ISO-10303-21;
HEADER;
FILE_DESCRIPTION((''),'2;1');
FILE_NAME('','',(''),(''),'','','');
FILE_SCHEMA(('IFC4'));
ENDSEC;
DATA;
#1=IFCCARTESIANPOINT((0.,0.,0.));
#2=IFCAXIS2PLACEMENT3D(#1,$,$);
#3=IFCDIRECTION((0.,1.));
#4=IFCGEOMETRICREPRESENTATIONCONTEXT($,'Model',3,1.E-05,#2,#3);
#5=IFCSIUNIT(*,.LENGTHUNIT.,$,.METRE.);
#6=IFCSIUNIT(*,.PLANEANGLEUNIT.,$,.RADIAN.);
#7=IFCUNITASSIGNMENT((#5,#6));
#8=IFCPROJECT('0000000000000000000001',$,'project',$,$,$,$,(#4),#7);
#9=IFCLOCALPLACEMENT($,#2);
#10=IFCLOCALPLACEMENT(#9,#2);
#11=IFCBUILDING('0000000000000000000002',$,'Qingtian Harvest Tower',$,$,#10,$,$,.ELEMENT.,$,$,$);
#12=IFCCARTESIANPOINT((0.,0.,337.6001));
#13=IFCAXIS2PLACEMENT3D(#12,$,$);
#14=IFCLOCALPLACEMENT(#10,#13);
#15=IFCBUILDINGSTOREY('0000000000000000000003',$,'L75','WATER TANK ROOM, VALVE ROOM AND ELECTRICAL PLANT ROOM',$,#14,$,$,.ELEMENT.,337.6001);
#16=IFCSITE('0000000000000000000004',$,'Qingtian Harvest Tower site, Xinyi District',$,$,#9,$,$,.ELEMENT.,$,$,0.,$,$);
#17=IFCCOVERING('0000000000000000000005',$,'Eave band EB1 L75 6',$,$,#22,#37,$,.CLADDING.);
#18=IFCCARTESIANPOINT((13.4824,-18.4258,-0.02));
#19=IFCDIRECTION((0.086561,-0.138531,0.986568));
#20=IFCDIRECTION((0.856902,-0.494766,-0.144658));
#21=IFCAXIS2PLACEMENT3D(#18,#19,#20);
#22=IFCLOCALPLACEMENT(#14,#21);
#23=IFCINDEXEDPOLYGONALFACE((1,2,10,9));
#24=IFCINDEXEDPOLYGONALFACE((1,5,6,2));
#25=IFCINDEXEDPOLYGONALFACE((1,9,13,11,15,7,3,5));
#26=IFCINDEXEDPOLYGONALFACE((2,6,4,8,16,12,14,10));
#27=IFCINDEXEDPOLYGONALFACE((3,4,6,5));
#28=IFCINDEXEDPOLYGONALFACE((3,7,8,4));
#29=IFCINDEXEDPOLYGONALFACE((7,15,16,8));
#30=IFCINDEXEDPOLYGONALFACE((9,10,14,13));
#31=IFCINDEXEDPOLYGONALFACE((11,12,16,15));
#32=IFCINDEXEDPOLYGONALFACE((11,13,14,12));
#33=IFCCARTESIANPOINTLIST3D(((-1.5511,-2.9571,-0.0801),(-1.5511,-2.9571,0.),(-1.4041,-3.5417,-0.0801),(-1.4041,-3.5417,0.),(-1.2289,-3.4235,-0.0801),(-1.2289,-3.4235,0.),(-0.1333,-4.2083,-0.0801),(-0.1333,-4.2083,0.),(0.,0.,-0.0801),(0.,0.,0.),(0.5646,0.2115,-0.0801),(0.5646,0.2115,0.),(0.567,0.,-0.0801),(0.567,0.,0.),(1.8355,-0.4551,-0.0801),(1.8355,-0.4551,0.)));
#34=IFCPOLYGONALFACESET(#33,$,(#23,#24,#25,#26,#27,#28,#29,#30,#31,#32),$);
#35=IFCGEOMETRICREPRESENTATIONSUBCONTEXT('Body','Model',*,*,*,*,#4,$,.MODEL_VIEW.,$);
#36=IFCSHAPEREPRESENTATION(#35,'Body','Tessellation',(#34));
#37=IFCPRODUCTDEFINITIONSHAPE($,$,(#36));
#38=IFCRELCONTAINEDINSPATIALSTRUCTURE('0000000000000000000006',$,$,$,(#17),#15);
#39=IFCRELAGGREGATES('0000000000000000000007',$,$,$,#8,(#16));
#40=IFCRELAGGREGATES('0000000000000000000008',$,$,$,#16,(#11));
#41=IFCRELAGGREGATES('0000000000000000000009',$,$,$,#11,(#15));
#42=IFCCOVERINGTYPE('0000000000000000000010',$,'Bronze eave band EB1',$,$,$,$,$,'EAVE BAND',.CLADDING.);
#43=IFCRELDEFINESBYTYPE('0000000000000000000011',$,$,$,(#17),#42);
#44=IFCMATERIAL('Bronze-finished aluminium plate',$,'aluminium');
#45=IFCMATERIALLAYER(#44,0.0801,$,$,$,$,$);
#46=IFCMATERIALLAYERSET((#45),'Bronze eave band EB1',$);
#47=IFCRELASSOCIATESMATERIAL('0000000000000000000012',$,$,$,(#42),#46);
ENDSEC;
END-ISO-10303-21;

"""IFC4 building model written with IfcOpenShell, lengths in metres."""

from ifc_helpers import new_model, si_unit, direction, frame, origin, place, context, subcontext, project, spatial, polyline, outline, extrude, material, layer, layer_set, type_object, element, save


model = new_model("IFC4")

# Units and contexts
model_context = context("Model", 3, precision=1e-05, world=origin(), true_north=direction((0.0, 1.0)))
body_context = subcontext(model_context, "Body", "Model", "MODEL_VIEW")
ifc_project = project(units=[si_unit("LENGTHUNIT", "METRE"), si_unit("PLANEANGLEUNIT", "RADIAN")], contexts=[model_context])

# Site, building, storey
site_placement = place(None, origin())
site = spatial("IfcSite", under=ifc_project, at=site_placement, Name="Qingtian Harvest Tower site, Xinyi District", CompositionType="ELEMENT", RefElevation=0.0)
building_placement = place(site_placement, origin())
building = spatial("IfcBuilding", under=site, at=building_placement, Name="Qingtian Harvest Tower", CompositionType="ELEMENT")
storey_placement = place(building_placement, frame((0.0, 0.0, 337.6001)))
storey = spatial("IfcBuildingStorey", under=building, at=storey_placement, Name="L75", Description="WATER TANK ROOM, VALVE ROOM AND ELECTRICAL PLANT ROOM", CompositionType="ELEMENT", Elevation=337.6001)

# Covering
ifc_material_1 = material(Name="Bronze-finished aluminium plate", Category="aluminium")
ifc_layer_1 = layer(ifc_material_1, 0.0801)
ifc_layer_set_1 = layer_set([ifc_layer_1], Name="Bronze eave band EB1")
covering_type = type_object("IfcCoveringType", Name="Bronze eave band EB1", ElementType="EAVE BAND", PredefinedType="CLADDING", material=ifc_layer_set_1)
covering_placement = place(storey_placement, frame((13.4824, -18.4258, -0.02), z_axis=(0.086561, -0.138531, 0.986568), x_axis=(0.856902, -0.494766, -0.144658)))
element("IfcCovering", 1, at=covering_placement, inside=storey, type_object=covering_type, Name="Eave band EB1 L75 6", PredefinedType="CLADDING", context=body_context, shape_type="SweptSolid", body=[
    extrude(outline(polyline([(0.0, 0.0), (0.567, 0.0), (0.5646, 0.2115), (1.8355, -0.4551), (-0.1333, -4.2083), (-1.4041, -3.5417), (-1.2289, -3.4235), (-1.5511, -2.9571), (0.0, 0.0)])), origin(), (0.0, 0.0, -1.0), 0.0801),
])

save(model, "model.ifc")
